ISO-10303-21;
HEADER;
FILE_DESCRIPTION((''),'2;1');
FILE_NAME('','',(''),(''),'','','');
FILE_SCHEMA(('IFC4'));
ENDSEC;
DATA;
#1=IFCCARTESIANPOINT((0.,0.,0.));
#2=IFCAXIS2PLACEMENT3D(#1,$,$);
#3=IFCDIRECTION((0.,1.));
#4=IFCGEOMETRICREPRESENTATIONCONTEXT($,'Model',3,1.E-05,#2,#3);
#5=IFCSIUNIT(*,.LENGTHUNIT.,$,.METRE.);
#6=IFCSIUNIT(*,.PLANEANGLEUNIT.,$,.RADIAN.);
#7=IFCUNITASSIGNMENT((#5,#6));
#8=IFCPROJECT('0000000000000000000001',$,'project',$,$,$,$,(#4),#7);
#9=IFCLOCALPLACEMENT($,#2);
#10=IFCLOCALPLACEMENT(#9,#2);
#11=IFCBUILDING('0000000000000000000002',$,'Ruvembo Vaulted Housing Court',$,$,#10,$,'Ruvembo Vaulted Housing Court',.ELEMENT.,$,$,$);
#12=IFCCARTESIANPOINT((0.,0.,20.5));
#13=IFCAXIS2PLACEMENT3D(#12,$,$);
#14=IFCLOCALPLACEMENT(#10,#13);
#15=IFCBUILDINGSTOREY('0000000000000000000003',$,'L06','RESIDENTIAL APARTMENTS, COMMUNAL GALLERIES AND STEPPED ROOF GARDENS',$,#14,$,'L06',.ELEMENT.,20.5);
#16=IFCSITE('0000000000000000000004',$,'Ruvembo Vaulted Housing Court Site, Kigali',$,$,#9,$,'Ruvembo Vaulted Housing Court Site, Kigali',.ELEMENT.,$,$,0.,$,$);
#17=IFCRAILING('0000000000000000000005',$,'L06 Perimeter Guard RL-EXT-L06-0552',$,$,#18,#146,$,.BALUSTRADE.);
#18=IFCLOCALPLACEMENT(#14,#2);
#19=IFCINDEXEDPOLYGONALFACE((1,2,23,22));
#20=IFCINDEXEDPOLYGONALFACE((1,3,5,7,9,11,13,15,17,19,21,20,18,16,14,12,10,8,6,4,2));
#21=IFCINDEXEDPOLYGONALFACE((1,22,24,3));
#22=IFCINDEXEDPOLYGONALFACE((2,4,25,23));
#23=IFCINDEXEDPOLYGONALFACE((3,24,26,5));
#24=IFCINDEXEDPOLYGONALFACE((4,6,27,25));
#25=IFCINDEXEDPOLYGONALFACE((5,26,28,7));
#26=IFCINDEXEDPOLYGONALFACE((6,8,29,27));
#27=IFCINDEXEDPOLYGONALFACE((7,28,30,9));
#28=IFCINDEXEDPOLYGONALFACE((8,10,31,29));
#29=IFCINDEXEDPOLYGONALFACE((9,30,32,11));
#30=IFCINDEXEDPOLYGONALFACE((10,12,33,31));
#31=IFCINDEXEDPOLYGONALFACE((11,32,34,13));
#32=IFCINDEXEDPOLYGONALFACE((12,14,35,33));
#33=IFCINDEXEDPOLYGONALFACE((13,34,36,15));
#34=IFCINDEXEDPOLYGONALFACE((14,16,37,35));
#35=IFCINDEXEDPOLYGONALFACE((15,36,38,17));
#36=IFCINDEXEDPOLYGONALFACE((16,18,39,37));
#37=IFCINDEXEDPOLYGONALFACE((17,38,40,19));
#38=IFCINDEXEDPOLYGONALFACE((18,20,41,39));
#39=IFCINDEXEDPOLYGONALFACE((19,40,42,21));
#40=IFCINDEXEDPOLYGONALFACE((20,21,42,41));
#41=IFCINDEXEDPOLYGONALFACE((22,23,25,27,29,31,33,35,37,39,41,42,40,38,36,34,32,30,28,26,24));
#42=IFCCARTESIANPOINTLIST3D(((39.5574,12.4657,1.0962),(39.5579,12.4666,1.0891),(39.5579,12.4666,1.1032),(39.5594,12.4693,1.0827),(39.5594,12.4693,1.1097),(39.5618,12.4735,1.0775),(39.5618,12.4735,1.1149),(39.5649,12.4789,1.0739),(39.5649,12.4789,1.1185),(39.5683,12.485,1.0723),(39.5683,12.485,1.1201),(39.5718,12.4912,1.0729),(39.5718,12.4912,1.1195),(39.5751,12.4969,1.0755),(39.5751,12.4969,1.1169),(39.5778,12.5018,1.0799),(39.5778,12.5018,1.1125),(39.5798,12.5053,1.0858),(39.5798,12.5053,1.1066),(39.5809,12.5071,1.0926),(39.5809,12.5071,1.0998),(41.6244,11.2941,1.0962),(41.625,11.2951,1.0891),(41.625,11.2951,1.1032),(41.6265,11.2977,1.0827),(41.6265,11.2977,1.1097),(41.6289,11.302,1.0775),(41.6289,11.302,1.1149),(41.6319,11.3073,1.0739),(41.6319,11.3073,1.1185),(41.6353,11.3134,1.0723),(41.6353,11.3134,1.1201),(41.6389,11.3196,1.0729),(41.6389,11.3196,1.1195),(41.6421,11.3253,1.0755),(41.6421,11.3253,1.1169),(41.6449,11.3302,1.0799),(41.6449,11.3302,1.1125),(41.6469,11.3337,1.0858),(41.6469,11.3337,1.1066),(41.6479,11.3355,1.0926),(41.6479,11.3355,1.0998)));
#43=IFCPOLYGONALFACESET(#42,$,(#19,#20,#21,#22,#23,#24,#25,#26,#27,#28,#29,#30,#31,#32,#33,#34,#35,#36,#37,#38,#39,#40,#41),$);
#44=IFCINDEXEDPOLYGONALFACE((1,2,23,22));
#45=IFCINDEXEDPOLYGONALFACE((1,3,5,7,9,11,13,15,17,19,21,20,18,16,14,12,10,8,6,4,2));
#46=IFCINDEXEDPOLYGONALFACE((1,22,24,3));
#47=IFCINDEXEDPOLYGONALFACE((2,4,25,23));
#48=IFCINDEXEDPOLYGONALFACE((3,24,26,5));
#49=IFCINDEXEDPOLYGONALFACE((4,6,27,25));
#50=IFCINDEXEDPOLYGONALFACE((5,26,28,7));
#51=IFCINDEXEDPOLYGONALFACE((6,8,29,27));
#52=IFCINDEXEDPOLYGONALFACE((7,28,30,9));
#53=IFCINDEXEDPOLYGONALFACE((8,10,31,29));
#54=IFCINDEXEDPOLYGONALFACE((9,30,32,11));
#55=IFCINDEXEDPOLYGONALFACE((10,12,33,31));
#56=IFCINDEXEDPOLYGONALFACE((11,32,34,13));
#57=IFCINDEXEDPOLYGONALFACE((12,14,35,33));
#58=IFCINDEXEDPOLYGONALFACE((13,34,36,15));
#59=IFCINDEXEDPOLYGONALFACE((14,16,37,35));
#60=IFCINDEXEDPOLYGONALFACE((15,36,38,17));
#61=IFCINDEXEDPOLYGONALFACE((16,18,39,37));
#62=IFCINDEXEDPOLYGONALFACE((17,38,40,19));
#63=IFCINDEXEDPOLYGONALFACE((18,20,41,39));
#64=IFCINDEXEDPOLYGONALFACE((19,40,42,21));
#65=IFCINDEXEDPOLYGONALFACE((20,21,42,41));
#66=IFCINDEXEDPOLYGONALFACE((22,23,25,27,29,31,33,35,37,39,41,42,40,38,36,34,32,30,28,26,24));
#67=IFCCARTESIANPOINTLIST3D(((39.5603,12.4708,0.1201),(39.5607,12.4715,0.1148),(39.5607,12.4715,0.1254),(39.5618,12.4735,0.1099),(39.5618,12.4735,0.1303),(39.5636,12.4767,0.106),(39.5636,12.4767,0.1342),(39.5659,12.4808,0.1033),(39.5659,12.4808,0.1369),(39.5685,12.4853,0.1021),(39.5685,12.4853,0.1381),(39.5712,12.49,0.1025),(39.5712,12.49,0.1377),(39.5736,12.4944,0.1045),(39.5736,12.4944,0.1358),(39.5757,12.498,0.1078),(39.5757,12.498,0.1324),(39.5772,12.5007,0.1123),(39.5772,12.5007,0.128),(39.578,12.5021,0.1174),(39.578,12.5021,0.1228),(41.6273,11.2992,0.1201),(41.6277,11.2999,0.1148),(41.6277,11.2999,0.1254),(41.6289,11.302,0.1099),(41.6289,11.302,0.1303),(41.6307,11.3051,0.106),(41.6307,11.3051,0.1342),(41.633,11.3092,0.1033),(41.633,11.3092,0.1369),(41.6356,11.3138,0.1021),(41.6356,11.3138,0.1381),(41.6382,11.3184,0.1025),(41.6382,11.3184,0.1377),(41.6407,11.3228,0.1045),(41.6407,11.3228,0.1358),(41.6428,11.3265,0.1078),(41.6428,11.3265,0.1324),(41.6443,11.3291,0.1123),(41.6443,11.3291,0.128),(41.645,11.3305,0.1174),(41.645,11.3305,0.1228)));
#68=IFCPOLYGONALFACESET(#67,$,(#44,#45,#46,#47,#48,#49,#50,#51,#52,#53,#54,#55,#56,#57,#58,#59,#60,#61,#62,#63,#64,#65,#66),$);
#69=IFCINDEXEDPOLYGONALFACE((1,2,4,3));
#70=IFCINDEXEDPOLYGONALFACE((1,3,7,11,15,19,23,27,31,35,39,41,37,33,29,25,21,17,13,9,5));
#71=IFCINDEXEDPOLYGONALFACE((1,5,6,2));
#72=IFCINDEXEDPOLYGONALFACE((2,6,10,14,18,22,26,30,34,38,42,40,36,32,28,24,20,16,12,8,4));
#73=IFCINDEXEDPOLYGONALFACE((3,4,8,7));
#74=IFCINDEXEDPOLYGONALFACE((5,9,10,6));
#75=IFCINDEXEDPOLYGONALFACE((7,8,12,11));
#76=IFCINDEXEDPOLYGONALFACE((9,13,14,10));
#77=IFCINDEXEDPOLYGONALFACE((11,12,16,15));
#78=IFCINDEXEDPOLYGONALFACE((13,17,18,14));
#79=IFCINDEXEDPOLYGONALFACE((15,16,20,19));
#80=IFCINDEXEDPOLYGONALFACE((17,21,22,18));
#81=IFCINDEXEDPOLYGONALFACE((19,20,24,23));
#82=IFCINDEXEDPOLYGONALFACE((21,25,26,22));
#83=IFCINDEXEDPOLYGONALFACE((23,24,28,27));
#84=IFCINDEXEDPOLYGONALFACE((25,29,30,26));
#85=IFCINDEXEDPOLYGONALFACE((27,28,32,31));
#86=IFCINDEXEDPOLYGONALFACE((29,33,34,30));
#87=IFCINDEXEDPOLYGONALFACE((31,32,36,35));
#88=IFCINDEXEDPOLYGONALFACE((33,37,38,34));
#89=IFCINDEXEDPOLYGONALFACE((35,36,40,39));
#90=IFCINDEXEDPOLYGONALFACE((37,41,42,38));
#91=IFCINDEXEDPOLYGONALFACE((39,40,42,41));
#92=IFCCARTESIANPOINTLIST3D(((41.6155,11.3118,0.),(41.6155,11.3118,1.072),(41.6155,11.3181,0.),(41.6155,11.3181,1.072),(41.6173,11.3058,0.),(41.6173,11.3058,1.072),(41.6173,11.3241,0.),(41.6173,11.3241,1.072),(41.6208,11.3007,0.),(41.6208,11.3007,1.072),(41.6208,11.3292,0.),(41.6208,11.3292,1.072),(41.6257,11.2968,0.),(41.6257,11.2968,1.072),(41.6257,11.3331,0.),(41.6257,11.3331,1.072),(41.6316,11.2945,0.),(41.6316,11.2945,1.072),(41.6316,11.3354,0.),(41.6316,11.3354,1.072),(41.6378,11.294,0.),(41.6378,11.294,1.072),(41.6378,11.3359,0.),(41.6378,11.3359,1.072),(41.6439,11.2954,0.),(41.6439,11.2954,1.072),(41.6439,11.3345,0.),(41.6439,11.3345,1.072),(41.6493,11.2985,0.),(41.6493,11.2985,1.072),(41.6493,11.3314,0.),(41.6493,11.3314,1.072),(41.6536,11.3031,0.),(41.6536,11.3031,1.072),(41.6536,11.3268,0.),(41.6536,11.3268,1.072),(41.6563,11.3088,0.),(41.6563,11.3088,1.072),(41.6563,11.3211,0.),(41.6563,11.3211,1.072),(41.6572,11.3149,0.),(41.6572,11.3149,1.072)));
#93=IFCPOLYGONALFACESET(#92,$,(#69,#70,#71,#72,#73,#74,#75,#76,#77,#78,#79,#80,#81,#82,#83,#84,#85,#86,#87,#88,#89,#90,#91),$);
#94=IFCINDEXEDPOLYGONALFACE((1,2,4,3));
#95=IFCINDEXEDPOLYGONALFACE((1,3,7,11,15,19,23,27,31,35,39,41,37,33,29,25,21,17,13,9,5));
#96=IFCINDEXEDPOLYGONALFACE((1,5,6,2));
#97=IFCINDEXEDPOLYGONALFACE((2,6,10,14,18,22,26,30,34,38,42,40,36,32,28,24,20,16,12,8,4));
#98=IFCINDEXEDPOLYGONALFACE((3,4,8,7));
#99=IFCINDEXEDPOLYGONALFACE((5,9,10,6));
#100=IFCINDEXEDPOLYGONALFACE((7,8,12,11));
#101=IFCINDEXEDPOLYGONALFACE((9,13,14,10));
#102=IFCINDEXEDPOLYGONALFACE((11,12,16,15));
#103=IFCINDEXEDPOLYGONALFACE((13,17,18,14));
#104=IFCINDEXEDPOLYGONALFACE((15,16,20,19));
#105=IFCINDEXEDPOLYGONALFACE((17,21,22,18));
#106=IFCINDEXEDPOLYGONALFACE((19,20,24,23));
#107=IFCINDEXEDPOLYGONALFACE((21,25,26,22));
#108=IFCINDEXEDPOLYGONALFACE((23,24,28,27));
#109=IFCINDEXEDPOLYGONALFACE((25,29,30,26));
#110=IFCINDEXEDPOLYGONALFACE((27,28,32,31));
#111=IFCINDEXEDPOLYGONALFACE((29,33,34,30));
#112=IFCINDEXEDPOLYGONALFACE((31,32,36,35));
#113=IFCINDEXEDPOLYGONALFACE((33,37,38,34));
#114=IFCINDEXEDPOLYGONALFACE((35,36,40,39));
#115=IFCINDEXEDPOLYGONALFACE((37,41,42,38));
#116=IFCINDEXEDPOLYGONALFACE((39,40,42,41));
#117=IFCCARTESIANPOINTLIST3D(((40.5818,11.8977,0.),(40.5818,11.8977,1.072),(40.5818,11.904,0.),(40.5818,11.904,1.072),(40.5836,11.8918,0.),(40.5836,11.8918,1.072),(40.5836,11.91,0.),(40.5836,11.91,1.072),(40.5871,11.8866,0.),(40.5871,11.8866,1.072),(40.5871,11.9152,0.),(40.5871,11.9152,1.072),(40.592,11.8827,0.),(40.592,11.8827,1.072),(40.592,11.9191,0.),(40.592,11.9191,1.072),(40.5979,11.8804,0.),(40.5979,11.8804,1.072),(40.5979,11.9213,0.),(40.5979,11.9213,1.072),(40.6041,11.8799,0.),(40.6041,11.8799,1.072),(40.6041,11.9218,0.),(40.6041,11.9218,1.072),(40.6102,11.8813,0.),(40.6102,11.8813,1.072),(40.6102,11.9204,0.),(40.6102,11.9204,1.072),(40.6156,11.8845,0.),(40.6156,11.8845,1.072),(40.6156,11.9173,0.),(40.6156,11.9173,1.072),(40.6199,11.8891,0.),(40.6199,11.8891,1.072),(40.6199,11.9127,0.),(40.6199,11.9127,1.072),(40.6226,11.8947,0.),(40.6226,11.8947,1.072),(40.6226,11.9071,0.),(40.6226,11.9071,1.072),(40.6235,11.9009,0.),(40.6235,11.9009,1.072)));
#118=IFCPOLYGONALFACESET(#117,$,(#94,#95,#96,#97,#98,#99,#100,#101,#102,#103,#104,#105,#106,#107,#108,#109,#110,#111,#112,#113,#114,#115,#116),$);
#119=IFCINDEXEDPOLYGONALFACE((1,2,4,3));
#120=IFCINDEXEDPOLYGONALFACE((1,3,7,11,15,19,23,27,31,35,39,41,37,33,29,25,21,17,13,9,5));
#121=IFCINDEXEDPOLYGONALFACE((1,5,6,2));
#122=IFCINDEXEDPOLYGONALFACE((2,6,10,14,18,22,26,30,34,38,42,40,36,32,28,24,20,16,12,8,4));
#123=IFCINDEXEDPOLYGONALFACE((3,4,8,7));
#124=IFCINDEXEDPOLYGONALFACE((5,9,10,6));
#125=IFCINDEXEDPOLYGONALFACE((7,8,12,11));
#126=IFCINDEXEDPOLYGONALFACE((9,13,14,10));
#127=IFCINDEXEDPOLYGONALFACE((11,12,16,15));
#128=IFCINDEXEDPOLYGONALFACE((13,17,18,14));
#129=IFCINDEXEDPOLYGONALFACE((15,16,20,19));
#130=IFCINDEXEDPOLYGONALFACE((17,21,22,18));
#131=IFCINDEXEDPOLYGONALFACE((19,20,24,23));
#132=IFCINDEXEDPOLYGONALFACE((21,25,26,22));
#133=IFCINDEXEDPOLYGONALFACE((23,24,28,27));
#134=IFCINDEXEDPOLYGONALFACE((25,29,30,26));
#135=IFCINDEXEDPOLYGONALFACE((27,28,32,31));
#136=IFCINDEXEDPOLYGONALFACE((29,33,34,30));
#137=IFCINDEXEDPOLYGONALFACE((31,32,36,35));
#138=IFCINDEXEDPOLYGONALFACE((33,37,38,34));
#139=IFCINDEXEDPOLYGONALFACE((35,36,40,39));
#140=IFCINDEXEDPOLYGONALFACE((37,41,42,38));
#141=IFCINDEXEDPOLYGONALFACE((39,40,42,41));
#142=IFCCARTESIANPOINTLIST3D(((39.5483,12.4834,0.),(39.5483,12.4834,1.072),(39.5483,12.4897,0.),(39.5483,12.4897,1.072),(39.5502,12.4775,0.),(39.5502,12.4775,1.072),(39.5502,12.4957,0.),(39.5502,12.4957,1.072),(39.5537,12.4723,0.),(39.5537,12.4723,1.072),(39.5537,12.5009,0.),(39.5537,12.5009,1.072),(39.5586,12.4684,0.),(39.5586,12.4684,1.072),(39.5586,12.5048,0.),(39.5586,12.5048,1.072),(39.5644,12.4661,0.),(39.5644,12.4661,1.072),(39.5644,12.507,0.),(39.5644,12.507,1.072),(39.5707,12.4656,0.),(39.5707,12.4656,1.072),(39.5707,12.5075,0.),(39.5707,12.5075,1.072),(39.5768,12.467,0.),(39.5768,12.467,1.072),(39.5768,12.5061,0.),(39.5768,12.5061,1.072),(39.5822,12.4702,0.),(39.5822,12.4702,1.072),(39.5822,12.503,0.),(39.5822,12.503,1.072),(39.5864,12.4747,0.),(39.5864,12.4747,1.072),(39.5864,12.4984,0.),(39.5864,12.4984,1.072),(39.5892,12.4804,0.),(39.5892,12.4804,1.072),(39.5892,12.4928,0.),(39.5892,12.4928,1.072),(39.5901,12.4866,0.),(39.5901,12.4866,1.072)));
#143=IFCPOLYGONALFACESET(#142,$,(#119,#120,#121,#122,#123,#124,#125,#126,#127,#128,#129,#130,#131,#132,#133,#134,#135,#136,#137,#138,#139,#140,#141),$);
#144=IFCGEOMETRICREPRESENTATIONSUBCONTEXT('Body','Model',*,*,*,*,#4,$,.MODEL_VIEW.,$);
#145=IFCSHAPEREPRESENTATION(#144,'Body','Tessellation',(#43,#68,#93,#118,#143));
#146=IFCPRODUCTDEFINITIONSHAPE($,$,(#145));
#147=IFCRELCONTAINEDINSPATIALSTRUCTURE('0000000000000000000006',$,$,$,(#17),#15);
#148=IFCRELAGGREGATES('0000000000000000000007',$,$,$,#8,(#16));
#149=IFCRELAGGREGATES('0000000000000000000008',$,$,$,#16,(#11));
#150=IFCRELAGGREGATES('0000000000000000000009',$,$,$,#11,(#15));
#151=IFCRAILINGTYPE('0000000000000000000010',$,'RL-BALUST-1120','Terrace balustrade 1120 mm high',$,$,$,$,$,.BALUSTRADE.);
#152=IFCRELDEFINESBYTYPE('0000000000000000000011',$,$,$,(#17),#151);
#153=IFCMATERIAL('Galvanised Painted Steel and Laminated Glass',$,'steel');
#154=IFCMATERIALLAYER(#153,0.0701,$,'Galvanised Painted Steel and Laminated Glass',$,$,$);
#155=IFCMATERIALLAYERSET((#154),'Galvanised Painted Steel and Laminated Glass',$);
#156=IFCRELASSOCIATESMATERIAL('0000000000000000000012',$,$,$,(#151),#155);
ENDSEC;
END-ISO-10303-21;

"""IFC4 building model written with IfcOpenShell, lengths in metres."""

from ifc_helpers import new_model, si_unit, direction, frame, origin, origin_2d, place, context, subcontext, project, spatial, circle, extrude, material, layer, layer_set, type_object, element, save


model = new_model("IFC4")

# Units and contexts
model_context = context("Model", 3, precision=1e-05, world=origin(), true_north=direction((0.0, 1.0)))
body_context = subcontext(model_context, "Body", "Model", "MODEL_VIEW")
ifc_project = project(units=[si_unit("LENGTHUNIT", "METRE"), si_unit("PLANEANGLEUNIT", "RADIAN")], contexts=[model_context])

# Site, building, storey
site_placement = place(None, origin())
site = spatial("IfcSite", under=ifc_project, at=site_placement, Name="Ruvembo Vaulted Housing Court Site, Kigali", LongName="Ruvembo Vaulted Housing Court Site, Kigali", CompositionType="ELEMENT", RefElevation=0.0)
building_placement = place(site_placement, origin())
building = spatial("IfcBuilding", under=site, at=building_placement, Name="Ruvembo Vaulted Housing Court", LongName="Ruvembo Vaulted Housing Court", CompositionType="ELEMENT")
storey_placement = place(building_placement, frame((0.0, 0.0, 20.5)))
storey = spatial("IfcBuildingStorey", under=building, at=storey_placement, Name="L06", Description="RESIDENTIAL APARTMENTS, COMMUNAL GALLERIES AND STEPPED ROOF GARDENS", LongName="L06", CompositionType="ELEMENT", Elevation=20.5)

# Railing
ifc_material_1 = material(Name="Galvanised Painted Steel and Laminated Glass", Category="steel")
ifc_layer_1 = layer(ifc_material_1, 0.0701, Name="Galvanised Painted Steel and Laminated Glass")
ifc_layer_set_1 = layer_set([ifc_layer_1], Name="Galvanised Painted Steel and Laminated Glass")
railing_type = type_object("IfcRailingType", Name="RL-BALUST-1120", Description="Terrace balustrade 1120 mm high", PredefinedType="BALUSTRADE", material=ifc_layer_set_1)
railing_1_placement = place(storey_placement, frame((41.6362, 11.3149, 0.0)))
element("IfcRailing", 1, at=railing_1_placement, inside=storey, type_object=railing_type, Name="L06 Perimeter Guard RL-EXT-L06-0552", PredefinedType="BALUSTRADE", context=body_context, shape_type="SweptSolid", body=[
    extrude(circle(Radius=0.0239, at=origin_2d()), frame((0.0, 0.0, 1.0962), z_axis=(-0.869977, 0.493093, 0.0), x_axis=(-0.493093, -0.869977, 0.0)), (0.0, 0.0, 1.0), 2.376),
    extrude(circle(Radius=0.0181, at=origin_2d()), frame((0.0, 0.0, 0.1201), z_axis=(-0.869977, 0.493093, 0.0), x_axis=(-0.493093, -0.869977, 0.0)), (0.0, 0.0, 1.0), 2.376),
    extrude(circle(Radius=0.021, at=origin_2d()), origin(), (0.0, 0.0, 1.0), 1.072),
    extrude(circle(Radius=0.021, at=origin_2d()), frame((-1.0337, 0.5859, 0.0)), (0.0, 0.0, 1.0), 1.072),
    extrude(circle(Radius=0.021, at=origin_2d()), frame((-2.0671, 1.1716, 0.0)), (0.0, 0.0, 1.0), 1.072),
])

save(model, "model.ifc")
